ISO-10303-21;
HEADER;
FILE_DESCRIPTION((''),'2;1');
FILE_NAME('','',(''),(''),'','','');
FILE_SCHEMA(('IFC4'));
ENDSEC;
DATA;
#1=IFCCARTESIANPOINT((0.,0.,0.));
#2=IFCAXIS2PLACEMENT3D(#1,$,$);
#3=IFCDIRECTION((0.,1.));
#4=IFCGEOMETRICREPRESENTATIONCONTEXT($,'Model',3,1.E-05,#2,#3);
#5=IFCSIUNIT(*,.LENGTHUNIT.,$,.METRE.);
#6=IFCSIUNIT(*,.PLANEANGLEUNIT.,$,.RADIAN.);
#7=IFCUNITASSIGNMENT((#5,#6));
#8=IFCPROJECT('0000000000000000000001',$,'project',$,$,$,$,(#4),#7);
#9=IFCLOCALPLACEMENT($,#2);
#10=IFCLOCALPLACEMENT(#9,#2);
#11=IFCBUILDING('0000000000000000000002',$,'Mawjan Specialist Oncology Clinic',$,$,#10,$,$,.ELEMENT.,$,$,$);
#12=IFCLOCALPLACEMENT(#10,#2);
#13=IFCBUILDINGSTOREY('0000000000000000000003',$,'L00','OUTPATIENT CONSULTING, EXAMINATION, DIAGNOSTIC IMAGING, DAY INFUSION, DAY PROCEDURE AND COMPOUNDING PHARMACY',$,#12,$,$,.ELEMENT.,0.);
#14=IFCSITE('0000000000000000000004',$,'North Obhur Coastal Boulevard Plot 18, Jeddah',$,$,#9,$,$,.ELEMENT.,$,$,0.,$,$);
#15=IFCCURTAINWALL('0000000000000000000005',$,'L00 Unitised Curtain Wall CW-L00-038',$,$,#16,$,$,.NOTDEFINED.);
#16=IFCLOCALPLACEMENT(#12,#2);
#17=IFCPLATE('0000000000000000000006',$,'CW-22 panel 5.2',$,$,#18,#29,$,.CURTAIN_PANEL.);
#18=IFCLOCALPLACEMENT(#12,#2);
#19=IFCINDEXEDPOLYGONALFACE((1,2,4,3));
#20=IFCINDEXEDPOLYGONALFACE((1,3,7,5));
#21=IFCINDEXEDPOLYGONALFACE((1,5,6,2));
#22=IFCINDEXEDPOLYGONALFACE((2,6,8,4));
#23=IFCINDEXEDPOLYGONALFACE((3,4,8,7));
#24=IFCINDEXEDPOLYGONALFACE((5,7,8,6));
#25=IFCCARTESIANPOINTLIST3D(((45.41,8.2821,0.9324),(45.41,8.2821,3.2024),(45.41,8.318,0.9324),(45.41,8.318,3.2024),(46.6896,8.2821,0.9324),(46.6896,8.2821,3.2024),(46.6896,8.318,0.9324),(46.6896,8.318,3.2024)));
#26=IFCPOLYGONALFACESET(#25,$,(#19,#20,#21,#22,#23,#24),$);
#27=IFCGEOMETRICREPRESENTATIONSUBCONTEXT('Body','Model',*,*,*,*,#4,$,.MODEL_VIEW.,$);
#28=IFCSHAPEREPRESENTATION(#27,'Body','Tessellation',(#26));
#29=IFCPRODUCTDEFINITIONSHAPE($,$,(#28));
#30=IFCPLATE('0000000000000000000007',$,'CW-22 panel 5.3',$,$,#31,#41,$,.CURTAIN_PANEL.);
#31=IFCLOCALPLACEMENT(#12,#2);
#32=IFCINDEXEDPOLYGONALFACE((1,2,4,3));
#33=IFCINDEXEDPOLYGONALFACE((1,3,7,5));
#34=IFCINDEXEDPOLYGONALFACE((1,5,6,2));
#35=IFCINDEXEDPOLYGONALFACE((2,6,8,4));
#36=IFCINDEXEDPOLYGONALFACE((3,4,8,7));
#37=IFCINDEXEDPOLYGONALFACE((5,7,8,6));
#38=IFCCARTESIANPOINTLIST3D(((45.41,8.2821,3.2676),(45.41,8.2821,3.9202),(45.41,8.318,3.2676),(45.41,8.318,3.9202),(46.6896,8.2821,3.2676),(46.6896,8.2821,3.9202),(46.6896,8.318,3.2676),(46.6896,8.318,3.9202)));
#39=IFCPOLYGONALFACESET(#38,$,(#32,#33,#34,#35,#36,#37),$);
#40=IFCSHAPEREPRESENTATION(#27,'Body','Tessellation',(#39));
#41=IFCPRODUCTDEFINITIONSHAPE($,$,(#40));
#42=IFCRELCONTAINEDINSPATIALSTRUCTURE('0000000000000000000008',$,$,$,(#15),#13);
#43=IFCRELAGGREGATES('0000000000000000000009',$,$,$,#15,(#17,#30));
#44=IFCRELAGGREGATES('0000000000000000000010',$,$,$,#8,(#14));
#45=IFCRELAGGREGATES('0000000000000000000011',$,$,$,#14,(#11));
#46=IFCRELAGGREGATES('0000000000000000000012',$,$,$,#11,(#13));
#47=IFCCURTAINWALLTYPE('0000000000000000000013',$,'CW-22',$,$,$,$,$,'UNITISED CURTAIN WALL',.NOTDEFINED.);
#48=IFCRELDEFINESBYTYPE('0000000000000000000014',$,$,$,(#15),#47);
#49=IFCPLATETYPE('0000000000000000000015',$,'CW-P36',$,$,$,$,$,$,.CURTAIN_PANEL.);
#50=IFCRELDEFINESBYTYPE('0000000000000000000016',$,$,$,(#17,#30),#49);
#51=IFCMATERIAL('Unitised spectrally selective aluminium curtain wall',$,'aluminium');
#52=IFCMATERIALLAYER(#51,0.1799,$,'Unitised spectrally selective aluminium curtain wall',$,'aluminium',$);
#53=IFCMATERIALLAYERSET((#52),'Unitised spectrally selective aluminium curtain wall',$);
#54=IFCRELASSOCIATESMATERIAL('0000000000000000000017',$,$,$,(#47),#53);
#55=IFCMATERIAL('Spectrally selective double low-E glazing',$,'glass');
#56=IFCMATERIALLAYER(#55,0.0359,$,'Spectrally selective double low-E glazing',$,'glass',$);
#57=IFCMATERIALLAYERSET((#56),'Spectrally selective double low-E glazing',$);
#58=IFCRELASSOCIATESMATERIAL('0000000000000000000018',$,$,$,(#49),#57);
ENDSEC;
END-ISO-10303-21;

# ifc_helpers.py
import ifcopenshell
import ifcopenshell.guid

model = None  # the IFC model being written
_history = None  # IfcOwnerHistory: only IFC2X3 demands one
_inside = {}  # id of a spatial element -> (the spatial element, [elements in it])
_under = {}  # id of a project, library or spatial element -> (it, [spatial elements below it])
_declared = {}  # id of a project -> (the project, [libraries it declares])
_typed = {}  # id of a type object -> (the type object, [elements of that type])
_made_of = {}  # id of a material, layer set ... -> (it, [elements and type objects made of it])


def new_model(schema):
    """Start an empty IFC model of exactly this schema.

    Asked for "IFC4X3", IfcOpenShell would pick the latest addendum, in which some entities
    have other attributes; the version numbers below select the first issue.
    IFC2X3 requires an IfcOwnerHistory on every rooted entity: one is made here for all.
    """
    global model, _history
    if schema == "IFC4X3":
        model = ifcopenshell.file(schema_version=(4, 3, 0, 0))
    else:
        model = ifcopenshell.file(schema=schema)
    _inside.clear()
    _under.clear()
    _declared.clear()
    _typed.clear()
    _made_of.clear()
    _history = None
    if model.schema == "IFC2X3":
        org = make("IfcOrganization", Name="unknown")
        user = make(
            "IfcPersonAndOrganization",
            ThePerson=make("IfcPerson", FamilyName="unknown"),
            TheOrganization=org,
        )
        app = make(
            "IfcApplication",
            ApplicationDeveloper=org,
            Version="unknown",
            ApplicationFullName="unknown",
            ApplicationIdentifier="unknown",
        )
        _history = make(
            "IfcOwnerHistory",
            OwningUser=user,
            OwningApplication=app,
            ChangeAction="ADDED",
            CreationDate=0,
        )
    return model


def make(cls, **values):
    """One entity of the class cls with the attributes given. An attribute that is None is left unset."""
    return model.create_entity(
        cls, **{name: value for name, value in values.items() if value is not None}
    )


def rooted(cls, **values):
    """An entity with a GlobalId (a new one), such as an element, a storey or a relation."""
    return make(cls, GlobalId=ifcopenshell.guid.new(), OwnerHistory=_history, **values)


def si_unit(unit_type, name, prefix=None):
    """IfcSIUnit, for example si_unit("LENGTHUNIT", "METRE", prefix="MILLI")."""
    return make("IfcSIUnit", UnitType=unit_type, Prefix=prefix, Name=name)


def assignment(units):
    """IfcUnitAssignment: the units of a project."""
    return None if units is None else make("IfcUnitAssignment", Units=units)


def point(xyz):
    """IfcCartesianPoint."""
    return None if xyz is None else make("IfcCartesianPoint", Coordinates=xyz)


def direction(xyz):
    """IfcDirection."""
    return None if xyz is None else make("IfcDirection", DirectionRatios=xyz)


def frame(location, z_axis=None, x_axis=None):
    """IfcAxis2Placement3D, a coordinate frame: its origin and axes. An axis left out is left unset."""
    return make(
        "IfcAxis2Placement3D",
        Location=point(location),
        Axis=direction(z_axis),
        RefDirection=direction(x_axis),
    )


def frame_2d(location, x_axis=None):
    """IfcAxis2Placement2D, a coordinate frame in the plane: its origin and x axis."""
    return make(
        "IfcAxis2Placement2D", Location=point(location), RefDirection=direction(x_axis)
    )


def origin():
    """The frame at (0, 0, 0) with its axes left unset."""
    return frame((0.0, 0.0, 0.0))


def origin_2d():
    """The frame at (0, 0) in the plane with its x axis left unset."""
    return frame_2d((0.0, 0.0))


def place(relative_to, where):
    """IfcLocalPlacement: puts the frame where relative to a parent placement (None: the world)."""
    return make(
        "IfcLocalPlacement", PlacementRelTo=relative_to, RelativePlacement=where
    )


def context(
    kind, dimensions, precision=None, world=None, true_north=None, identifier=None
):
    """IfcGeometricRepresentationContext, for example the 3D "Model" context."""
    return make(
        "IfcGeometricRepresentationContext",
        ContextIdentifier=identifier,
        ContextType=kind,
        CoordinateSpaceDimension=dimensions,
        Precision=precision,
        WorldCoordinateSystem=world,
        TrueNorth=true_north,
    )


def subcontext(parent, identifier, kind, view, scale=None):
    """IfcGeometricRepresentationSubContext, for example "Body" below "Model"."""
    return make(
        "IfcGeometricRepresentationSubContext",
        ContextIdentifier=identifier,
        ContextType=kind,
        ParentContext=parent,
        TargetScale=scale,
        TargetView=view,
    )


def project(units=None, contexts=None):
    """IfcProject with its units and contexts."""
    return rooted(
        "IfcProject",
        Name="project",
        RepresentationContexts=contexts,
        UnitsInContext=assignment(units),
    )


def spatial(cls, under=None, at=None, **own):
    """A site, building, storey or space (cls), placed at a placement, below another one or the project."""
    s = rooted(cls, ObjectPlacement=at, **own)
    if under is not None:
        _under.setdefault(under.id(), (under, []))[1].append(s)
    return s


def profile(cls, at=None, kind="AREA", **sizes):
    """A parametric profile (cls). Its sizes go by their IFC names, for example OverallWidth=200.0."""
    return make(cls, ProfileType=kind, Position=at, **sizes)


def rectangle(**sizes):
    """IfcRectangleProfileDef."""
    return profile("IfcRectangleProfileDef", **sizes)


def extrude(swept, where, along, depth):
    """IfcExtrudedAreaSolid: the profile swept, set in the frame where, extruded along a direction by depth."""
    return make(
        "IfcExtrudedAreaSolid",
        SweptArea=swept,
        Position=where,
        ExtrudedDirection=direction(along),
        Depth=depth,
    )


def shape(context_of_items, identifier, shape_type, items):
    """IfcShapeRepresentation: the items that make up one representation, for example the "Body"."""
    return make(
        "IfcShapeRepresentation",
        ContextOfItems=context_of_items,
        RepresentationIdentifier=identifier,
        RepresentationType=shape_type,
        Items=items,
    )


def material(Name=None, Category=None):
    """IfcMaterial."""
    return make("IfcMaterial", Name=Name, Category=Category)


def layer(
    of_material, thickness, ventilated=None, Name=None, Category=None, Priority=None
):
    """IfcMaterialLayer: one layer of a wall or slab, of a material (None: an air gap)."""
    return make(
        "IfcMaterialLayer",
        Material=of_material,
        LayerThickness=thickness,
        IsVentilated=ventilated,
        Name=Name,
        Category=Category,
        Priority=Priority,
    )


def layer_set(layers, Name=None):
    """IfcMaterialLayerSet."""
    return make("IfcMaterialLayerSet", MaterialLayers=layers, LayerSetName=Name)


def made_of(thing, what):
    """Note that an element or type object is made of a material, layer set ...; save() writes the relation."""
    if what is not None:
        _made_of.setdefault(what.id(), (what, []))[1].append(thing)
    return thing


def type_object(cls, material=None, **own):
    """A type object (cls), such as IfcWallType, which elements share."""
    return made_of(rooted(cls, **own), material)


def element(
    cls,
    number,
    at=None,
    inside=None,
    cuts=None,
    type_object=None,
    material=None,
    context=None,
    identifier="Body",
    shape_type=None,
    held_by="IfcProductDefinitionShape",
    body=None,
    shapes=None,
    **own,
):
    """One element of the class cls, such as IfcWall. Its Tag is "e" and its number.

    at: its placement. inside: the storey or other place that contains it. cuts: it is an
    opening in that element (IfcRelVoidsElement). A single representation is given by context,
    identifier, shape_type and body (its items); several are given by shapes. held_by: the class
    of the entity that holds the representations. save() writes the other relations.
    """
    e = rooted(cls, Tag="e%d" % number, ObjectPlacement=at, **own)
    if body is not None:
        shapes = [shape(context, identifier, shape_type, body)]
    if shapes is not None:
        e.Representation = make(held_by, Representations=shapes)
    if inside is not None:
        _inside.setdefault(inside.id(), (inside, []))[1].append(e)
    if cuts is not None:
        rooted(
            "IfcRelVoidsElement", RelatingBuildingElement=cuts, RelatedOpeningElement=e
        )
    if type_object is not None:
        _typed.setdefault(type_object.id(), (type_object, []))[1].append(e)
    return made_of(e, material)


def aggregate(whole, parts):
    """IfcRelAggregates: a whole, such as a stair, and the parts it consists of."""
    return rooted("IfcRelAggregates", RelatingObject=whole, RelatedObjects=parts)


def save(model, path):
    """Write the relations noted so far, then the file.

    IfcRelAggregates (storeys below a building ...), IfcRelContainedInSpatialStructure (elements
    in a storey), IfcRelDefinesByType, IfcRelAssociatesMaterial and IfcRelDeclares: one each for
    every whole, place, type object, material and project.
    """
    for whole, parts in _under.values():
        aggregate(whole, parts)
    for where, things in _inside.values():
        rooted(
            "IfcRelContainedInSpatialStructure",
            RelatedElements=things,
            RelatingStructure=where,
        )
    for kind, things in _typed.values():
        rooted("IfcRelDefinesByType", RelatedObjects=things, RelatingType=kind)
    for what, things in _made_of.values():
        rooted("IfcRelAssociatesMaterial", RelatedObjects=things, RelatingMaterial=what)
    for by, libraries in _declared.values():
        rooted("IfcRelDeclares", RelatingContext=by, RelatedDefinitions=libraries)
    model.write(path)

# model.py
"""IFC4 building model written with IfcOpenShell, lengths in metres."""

from ifc_helpers import new_model, si_unit, direction, frame, origin, origin_2d, place, context, subcontext, project, spatial, rectangle, extrude, material, layer, layer_set, type_object, element, aggregate, save


model = new_model("IFC4")

# Units and contexts
model_context = context("Model", 3, precision=1e-05, world=origin(), true_north=direction((0.0, 1.0)))
body_context = subcontext(model_context, "Body", "Model", "MODEL_VIEW")
ifc_project = project(units=[si_unit("LENGTHUNIT", "METRE"), si_unit("PLANEANGLEUNIT", "RADIAN")], contexts=[model_context])

# Site, building, storey
site_placement = place(None, origin())
site = spatial("IfcSite", under=ifc_project, at=site_placement, Name="North Obhur Coastal Boulevard Plot 18, Jeddah", CompositionType="ELEMENT", RefElevation=0.0)
building_placement = place(site_placement, origin())
building = spatial("IfcBuilding", under=site, at=building_placement, Name="Mawjan Specialist Oncology Clinic", CompositionType="ELEMENT")
storey_placement = place(building_placement, origin())
storey = spatial("IfcBuildingStorey", under=building, at=storey_placement, Name="L00", Description="OUTPATIENT CONSULTING, EXAMINATION, DIAGNOSTIC IMAGING, DAY INFUSION, DAY PROCEDURE AND COMPOUNDING PHARMACY", CompositionType="ELEMENT", Elevation=0.0)

# Curtain wall, plates
ifc_material_1 = material(Name="Unitised spectrally selective aluminium curtain wall", Category="aluminium")
ifc_layer_1 = layer(ifc_material_1, 0.1799, Name="Unitised spectrally selective aluminium curtain wall", Category="aluminium")
ifc_layer_set_1 = layer_set([ifc_layer_1], Name="Unitised spectrally selective aluminium curtain wall")
curtain_wall_type = type_object("IfcCurtainWallType", Name="CW-22", ElementType="UNITISED CURTAIN WALL", PredefinedType="NOTDEFINED", material=ifc_layer_set_1)
curtain_wall_placement = place(storey_placement, origin())
curtain_wall = element("IfcCurtainWall", 1, at=curtain_wall_placement, inside=storey, type_object=curtain_wall_type, Name="L00 Unitised Curtain Wall CW-L00-038", PredefinedType="NOTDEFINED")
ifc_material_2 = material(Name="Spectrally selective double low-E glazing", Category="glass")
ifc_layer_2 = layer(ifc_material_2, 0.0359, Name="Spectrally selective double low-E glazing", Category="glass")
ifc_layer_set_2 = layer_set([ifc_layer_2], Name="Spectrally selective double low-E glazing")
plate_type = type_object("IfcPlateType", Name="CW-P36", PredefinedType="CURTAIN_PANEL", material=ifc_layer_set_2)
plate_1_placement = place(storey_placement, frame((46.0498, 8.3, 0.9324), z_axis=(0.0, 0.0, 1.0), x_axis=(-1.0, 0.0, 0.0)))
plate_1 = element("IfcPlate", 2, at=plate_1_placement, type_object=plate_type, Name="CW-22 panel 5.2", PredefinedType="CURTAIN_PANEL", context=body_context, shape_type="SweptSolid", body=[
    extrude(rectangle(XDim=1.2795, YDim=0.0359, at=origin_2d()), origin(), (0.0, 0.0, 1.0), 2.27),
])
plate_2_placement = place(storey_placement, frame((46.0498, 8.3, 3.2676), z_axis=(0.0, 0.0, 1.0), x_axis=(-1.0, 0.0, 0.0)))
plate_2 = element("IfcPlate", 3, at=plate_2_placement, type_object=plate_type, Name="CW-22 panel 5.3", PredefinedType="CURTAIN_PANEL", context=body_context, shape_type="SweptSolid", body=[
    extrude(rectangle(XDim=1.2795, YDim=0.0359, at=origin_2d()), origin(), (0.0, 0.0, 1.0), 0.6526),
])
aggregate(curtain_wall, [plate_1, plate_2])

save(model, "model.ifc")
